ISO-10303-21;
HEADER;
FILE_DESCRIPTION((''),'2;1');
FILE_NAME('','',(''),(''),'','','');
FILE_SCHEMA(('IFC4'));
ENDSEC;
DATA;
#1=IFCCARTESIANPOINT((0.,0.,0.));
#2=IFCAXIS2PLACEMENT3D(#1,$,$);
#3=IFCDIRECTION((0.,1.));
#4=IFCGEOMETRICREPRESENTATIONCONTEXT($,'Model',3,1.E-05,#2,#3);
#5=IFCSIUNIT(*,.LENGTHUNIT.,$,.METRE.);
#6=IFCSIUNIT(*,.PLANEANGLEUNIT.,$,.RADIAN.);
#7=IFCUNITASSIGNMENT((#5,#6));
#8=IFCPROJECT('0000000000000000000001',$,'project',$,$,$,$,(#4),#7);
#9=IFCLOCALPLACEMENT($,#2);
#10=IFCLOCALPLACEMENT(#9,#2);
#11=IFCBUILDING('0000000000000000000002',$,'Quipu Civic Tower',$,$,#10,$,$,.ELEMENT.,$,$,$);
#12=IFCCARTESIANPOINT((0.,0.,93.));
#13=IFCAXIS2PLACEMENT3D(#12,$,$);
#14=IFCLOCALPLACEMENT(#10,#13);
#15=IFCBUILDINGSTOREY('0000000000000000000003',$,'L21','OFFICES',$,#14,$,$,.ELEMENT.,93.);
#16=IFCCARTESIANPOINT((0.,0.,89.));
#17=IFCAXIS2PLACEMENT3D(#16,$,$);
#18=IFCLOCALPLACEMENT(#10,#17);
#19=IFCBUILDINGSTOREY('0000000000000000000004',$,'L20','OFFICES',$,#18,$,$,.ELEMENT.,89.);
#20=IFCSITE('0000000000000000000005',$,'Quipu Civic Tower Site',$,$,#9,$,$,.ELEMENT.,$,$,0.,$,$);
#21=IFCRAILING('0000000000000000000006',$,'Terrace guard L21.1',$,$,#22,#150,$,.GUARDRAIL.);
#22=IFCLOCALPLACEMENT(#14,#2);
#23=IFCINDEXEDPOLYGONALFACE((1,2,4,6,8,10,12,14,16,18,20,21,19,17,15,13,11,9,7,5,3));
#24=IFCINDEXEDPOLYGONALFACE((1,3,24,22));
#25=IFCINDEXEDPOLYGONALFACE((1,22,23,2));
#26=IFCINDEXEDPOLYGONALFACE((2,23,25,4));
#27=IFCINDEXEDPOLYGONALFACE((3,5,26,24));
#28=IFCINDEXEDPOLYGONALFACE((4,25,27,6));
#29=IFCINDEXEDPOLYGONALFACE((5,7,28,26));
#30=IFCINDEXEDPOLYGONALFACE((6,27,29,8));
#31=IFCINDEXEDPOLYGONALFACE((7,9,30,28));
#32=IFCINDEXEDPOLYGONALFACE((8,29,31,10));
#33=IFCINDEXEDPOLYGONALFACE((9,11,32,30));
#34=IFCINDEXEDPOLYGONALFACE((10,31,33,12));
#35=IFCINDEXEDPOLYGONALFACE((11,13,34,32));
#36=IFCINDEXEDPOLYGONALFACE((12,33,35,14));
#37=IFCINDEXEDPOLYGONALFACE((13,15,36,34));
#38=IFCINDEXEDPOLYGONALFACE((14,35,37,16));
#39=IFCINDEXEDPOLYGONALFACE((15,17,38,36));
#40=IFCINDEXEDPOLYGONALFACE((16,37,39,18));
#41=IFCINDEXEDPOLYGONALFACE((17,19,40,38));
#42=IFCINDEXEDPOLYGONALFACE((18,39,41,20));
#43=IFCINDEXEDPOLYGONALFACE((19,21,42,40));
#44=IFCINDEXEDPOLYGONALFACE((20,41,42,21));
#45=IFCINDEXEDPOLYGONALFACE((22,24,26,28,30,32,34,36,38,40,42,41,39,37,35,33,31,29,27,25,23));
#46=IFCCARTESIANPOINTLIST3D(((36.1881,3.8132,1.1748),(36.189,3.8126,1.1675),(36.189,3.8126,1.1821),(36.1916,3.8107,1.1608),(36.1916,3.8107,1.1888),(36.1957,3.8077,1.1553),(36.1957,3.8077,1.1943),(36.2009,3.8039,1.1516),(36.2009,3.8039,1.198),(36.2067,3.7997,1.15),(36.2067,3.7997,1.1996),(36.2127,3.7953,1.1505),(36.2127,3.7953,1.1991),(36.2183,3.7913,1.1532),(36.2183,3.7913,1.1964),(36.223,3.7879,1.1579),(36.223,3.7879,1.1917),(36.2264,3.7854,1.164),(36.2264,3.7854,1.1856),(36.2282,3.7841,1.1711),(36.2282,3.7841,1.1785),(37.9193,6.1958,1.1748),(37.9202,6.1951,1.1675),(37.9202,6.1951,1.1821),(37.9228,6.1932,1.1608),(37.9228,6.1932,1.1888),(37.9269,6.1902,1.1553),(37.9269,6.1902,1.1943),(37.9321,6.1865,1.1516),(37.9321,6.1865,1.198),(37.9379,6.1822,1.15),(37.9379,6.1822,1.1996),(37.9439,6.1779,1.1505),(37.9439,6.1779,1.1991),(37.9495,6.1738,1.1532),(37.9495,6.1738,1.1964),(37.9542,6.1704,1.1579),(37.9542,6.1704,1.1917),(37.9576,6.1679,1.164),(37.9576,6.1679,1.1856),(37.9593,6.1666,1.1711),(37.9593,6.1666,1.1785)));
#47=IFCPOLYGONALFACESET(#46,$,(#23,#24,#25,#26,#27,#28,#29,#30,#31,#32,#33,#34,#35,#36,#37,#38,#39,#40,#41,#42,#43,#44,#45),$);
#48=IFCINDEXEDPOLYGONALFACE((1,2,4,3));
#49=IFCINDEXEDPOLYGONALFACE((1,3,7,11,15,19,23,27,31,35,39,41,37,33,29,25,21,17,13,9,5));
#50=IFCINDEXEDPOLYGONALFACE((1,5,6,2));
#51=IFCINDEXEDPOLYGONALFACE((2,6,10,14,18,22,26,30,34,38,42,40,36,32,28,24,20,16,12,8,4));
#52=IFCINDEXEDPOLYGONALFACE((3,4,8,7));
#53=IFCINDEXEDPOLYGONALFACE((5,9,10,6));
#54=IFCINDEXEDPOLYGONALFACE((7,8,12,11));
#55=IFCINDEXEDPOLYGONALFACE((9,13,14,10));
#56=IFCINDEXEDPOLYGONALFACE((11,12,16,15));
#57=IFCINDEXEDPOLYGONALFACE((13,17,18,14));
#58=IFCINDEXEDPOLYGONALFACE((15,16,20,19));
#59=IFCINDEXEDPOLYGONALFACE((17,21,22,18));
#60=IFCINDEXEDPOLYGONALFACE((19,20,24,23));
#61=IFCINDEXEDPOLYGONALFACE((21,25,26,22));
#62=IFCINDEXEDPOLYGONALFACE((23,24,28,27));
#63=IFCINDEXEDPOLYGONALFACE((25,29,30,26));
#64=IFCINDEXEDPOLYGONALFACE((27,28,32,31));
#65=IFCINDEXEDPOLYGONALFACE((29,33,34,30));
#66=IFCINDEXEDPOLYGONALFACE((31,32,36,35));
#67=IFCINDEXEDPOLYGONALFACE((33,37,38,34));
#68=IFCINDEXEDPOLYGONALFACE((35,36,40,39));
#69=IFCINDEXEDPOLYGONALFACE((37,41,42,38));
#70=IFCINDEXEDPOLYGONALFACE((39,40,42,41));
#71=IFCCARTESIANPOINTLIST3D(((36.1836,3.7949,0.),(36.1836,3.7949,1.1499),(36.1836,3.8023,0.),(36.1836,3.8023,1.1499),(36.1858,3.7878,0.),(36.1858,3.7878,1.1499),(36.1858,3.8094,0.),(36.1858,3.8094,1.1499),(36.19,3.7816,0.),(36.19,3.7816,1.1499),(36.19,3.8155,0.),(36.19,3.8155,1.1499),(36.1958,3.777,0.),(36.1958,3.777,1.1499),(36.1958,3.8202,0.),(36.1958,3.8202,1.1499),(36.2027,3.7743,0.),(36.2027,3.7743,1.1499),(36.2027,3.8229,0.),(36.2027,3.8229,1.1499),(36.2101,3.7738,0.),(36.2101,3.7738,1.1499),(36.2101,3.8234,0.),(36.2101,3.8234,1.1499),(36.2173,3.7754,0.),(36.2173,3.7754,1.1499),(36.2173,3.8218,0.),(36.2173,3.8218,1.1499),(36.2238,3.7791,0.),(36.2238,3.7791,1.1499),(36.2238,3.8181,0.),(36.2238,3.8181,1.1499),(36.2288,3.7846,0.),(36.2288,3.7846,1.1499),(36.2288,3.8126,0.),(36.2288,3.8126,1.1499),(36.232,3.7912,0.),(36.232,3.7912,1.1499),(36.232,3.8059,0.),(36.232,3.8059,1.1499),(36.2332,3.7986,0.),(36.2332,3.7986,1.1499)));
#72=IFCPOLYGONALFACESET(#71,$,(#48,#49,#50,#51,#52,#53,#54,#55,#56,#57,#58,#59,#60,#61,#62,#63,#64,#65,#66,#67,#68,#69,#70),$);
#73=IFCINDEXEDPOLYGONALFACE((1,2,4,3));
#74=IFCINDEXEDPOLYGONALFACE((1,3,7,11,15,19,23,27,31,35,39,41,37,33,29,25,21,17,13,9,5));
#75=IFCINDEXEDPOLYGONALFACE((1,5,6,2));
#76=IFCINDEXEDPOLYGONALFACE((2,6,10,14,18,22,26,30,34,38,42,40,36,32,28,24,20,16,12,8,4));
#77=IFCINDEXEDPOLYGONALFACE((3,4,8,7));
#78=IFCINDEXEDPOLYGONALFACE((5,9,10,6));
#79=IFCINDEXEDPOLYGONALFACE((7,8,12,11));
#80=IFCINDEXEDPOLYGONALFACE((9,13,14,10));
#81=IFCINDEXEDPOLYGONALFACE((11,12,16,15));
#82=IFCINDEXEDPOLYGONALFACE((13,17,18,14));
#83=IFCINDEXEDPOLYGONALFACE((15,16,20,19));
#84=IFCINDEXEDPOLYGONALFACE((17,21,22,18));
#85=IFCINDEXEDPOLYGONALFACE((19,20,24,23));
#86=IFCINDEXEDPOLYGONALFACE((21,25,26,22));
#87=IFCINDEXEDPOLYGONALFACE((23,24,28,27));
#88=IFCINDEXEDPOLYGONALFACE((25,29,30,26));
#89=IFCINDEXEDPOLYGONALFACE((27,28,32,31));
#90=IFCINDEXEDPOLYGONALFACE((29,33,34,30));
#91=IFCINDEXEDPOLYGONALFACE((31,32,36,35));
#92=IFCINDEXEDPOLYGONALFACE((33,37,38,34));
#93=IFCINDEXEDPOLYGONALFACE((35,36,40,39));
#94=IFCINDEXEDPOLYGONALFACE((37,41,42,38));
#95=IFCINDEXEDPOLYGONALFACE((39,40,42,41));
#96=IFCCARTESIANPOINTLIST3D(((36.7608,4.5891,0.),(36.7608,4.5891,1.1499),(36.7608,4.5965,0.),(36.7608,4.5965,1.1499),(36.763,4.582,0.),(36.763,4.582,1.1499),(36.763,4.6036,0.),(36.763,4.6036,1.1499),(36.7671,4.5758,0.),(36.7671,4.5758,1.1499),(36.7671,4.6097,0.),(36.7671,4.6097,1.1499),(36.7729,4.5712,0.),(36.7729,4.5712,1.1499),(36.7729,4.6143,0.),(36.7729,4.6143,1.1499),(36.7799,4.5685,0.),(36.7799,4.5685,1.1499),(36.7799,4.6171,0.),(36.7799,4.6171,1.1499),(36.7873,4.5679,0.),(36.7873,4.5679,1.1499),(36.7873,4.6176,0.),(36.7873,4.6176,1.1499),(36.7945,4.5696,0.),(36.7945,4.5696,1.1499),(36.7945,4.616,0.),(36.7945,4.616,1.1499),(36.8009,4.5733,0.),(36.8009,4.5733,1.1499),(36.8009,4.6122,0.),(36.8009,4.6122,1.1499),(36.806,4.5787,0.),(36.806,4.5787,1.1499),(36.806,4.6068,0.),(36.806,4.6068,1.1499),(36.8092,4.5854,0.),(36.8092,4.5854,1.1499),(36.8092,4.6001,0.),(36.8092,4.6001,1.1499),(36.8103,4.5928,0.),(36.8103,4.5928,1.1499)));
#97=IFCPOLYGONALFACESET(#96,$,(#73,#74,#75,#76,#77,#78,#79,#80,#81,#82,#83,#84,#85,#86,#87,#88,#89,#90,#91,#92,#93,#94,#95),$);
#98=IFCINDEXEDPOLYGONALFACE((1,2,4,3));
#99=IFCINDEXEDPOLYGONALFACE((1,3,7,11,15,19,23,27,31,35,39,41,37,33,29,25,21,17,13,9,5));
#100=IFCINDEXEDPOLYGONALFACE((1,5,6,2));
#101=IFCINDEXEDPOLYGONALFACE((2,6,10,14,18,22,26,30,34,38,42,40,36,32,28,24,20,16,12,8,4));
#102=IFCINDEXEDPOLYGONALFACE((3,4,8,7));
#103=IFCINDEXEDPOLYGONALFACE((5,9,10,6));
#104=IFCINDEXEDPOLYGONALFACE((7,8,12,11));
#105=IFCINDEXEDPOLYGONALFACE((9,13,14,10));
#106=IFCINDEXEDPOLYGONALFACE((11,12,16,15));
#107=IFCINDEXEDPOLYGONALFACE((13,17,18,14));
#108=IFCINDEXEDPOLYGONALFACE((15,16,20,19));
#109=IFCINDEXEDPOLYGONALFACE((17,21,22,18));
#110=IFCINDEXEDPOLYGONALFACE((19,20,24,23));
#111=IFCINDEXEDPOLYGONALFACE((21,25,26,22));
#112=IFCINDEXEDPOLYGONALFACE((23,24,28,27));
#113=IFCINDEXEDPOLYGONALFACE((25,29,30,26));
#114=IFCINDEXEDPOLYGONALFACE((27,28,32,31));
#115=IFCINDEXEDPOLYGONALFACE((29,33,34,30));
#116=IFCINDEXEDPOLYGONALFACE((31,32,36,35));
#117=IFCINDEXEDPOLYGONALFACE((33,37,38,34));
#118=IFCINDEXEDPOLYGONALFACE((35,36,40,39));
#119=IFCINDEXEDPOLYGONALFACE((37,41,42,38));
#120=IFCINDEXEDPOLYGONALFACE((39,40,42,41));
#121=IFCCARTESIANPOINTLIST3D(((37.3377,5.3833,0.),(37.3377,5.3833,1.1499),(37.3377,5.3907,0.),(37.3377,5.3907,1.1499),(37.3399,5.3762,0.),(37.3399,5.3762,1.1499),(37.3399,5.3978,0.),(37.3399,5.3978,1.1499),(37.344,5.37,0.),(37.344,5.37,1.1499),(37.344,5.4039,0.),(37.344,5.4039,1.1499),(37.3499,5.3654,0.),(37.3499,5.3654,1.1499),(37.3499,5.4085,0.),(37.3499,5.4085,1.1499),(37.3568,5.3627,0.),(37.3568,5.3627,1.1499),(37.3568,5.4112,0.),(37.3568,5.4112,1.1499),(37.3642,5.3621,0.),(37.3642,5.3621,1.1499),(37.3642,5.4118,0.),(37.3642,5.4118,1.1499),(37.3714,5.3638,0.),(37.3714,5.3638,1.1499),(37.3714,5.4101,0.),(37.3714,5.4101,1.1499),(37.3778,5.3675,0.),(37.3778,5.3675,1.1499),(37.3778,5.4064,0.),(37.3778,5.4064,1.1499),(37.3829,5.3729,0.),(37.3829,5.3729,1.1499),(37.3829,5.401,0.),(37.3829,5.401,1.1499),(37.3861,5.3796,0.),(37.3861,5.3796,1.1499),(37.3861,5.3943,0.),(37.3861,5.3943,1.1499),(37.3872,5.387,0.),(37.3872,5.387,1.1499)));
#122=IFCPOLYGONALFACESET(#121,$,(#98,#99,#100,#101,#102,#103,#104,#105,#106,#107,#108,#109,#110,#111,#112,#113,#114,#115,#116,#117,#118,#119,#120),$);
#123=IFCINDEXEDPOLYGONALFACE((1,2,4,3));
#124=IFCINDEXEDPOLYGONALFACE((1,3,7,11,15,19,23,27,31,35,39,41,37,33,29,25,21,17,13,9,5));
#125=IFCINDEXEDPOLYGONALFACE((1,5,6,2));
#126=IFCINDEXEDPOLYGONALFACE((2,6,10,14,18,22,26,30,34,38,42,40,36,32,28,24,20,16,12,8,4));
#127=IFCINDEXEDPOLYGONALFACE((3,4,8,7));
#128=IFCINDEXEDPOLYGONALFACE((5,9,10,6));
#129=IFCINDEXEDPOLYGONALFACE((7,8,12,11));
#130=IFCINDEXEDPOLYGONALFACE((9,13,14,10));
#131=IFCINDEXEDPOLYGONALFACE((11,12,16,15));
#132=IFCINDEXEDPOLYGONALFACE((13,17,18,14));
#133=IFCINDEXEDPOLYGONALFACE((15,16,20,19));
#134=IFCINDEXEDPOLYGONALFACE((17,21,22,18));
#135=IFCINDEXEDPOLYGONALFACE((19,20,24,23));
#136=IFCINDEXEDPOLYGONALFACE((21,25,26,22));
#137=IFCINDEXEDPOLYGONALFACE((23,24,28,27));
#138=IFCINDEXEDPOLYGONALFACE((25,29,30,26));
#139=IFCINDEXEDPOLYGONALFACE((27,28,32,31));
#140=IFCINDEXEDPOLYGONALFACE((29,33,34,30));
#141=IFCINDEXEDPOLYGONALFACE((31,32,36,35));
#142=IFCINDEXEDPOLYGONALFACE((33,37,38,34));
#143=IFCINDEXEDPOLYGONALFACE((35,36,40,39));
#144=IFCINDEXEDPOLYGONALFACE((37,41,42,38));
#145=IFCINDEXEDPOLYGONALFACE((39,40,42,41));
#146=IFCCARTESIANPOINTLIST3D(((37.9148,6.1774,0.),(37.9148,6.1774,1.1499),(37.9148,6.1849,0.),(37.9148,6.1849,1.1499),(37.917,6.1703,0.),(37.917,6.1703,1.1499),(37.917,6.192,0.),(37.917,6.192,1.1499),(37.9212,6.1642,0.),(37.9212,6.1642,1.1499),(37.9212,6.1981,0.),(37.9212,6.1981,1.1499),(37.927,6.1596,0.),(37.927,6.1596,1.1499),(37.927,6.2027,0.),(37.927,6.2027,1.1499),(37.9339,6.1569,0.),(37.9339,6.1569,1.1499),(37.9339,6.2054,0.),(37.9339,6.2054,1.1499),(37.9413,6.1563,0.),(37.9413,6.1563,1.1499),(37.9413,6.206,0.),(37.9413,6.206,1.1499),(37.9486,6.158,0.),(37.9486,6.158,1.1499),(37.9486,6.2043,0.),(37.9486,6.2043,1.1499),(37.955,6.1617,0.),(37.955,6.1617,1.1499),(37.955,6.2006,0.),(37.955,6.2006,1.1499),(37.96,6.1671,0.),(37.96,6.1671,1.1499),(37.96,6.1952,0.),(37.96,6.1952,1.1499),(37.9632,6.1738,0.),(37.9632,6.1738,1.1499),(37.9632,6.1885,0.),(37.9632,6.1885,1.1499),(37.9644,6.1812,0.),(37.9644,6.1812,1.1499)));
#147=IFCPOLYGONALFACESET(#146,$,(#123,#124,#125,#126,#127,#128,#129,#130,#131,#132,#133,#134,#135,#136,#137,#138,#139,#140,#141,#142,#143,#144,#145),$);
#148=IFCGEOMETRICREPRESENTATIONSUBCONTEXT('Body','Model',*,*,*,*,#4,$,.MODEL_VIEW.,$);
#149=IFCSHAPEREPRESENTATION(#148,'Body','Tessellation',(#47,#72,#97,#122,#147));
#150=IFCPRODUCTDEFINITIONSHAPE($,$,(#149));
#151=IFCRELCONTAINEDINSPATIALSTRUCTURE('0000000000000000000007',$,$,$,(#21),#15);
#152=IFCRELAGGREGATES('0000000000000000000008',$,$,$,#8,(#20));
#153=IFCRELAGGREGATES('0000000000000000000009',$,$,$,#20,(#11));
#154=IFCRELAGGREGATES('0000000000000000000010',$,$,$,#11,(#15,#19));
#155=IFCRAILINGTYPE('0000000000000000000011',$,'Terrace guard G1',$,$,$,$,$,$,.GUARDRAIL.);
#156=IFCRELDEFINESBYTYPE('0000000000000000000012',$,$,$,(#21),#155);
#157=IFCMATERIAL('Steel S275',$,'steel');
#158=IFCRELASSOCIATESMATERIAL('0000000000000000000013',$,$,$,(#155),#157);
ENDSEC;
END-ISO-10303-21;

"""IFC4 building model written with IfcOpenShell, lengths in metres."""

from ifc_helpers import new_model, si_unit, direction, frame, origin, origin_2d, place, context, subcontext, project, spatial, circle, extrude, material, type_object, element, save


model = new_model("IFC4")

# Units and contexts
model_context = context("Model", 3, precision=1e-05, world=origin(), true_north=direction((0.0, 1.0)))
body_context = subcontext(model_context, "Body", "Model", "MODEL_VIEW")
ifc_project = project(units=[si_unit("LENGTHUNIT", "METRE"), si_unit("PLANEANGLEUNIT", "RADIAN")], contexts=[model_context])

# Site, building, storey
site_placement = place(None, origin())
site = spatial("IfcSite", under=ifc_project, at=site_placement, Name="Quipu Civic Tower Site", CompositionType="ELEMENT", RefElevation=0.0)
building_placement = place(site_placement, origin())
building = spatial("IfcBuilding", under=site, at=building_placement, Name="Quipu Civic Tower", CompositionType="ELEMENT")
storey_1_placement = place(building_placement, frame((0.0, 0.0, 93.0)))
storey_1 = spatial("IfcBuildingStorey", under=building, at=storey_1_placement, Name="L21", Description="OFFICES", CompositionType="ELEMENT", Elevation=93.0)

# Shared definitions
storey_2_placement = place(building_placement, frame((0.0, 0.0, 89.0)))
storey_2 = spatial("IfcBuildingStorey", under=building, at=storey_2_placement, Name="L20", Description="OFFICES", CompositionType="ELEMENT", Elevation=89.0)

# Railing
ifc_material_1 = material(Name="Steel S275", Category="steel")
railing_type = type_object("IfcRailingType", Name="Terrace guard G1", PredefinedType="GUARDRAIL", material=ifc_material_1)
railing_1_placement = place(storey_1_placement, frame((36.2083, 3.7986, 0.0)))
element("IfcRailing", 1, at=railing_1_placement, inside=storey_1, type_object=railing_type, Name="Terrace guard L21.1", PredefinedType="GUARDRAIL", context=body_context, shape_type="SweptSolid", body=[
    extrude(circle(Radius=0.0249, at=origin_2d()), frame((0.0, 0.0, 1.1748), z_axis=(0.587822, 0.808991, 0.0), x_axis=(-0.808991, 0.587822, 0.0)), (0.0, 0.0, 1.0), 2.9451),
    extrude(circle(Radius=0.0249, at=origin_2d()), origin(), (0.0, 0.0, 1.0), 1.1499),
    extrude(circle(Radius=0.0249, at=origin_2d()), frame((0.5771, 0.7942, 0.0)), (0.0, 0.0, 1.0), 1.1499),
    extrude(circle(Radius=0.0249, at=origin_2d()), frame((1.1541, 1.5884, 0.0)), (0.0, 0.0, 1.0), 1.1499),
    extrude(circle(Radius=0.0249, at=origin_2d()), frame((1.7312, 2.3826, 0.0)), (0.0, 0.0, 1.0), 1.1499),
])

save(model, "model.ifc")
